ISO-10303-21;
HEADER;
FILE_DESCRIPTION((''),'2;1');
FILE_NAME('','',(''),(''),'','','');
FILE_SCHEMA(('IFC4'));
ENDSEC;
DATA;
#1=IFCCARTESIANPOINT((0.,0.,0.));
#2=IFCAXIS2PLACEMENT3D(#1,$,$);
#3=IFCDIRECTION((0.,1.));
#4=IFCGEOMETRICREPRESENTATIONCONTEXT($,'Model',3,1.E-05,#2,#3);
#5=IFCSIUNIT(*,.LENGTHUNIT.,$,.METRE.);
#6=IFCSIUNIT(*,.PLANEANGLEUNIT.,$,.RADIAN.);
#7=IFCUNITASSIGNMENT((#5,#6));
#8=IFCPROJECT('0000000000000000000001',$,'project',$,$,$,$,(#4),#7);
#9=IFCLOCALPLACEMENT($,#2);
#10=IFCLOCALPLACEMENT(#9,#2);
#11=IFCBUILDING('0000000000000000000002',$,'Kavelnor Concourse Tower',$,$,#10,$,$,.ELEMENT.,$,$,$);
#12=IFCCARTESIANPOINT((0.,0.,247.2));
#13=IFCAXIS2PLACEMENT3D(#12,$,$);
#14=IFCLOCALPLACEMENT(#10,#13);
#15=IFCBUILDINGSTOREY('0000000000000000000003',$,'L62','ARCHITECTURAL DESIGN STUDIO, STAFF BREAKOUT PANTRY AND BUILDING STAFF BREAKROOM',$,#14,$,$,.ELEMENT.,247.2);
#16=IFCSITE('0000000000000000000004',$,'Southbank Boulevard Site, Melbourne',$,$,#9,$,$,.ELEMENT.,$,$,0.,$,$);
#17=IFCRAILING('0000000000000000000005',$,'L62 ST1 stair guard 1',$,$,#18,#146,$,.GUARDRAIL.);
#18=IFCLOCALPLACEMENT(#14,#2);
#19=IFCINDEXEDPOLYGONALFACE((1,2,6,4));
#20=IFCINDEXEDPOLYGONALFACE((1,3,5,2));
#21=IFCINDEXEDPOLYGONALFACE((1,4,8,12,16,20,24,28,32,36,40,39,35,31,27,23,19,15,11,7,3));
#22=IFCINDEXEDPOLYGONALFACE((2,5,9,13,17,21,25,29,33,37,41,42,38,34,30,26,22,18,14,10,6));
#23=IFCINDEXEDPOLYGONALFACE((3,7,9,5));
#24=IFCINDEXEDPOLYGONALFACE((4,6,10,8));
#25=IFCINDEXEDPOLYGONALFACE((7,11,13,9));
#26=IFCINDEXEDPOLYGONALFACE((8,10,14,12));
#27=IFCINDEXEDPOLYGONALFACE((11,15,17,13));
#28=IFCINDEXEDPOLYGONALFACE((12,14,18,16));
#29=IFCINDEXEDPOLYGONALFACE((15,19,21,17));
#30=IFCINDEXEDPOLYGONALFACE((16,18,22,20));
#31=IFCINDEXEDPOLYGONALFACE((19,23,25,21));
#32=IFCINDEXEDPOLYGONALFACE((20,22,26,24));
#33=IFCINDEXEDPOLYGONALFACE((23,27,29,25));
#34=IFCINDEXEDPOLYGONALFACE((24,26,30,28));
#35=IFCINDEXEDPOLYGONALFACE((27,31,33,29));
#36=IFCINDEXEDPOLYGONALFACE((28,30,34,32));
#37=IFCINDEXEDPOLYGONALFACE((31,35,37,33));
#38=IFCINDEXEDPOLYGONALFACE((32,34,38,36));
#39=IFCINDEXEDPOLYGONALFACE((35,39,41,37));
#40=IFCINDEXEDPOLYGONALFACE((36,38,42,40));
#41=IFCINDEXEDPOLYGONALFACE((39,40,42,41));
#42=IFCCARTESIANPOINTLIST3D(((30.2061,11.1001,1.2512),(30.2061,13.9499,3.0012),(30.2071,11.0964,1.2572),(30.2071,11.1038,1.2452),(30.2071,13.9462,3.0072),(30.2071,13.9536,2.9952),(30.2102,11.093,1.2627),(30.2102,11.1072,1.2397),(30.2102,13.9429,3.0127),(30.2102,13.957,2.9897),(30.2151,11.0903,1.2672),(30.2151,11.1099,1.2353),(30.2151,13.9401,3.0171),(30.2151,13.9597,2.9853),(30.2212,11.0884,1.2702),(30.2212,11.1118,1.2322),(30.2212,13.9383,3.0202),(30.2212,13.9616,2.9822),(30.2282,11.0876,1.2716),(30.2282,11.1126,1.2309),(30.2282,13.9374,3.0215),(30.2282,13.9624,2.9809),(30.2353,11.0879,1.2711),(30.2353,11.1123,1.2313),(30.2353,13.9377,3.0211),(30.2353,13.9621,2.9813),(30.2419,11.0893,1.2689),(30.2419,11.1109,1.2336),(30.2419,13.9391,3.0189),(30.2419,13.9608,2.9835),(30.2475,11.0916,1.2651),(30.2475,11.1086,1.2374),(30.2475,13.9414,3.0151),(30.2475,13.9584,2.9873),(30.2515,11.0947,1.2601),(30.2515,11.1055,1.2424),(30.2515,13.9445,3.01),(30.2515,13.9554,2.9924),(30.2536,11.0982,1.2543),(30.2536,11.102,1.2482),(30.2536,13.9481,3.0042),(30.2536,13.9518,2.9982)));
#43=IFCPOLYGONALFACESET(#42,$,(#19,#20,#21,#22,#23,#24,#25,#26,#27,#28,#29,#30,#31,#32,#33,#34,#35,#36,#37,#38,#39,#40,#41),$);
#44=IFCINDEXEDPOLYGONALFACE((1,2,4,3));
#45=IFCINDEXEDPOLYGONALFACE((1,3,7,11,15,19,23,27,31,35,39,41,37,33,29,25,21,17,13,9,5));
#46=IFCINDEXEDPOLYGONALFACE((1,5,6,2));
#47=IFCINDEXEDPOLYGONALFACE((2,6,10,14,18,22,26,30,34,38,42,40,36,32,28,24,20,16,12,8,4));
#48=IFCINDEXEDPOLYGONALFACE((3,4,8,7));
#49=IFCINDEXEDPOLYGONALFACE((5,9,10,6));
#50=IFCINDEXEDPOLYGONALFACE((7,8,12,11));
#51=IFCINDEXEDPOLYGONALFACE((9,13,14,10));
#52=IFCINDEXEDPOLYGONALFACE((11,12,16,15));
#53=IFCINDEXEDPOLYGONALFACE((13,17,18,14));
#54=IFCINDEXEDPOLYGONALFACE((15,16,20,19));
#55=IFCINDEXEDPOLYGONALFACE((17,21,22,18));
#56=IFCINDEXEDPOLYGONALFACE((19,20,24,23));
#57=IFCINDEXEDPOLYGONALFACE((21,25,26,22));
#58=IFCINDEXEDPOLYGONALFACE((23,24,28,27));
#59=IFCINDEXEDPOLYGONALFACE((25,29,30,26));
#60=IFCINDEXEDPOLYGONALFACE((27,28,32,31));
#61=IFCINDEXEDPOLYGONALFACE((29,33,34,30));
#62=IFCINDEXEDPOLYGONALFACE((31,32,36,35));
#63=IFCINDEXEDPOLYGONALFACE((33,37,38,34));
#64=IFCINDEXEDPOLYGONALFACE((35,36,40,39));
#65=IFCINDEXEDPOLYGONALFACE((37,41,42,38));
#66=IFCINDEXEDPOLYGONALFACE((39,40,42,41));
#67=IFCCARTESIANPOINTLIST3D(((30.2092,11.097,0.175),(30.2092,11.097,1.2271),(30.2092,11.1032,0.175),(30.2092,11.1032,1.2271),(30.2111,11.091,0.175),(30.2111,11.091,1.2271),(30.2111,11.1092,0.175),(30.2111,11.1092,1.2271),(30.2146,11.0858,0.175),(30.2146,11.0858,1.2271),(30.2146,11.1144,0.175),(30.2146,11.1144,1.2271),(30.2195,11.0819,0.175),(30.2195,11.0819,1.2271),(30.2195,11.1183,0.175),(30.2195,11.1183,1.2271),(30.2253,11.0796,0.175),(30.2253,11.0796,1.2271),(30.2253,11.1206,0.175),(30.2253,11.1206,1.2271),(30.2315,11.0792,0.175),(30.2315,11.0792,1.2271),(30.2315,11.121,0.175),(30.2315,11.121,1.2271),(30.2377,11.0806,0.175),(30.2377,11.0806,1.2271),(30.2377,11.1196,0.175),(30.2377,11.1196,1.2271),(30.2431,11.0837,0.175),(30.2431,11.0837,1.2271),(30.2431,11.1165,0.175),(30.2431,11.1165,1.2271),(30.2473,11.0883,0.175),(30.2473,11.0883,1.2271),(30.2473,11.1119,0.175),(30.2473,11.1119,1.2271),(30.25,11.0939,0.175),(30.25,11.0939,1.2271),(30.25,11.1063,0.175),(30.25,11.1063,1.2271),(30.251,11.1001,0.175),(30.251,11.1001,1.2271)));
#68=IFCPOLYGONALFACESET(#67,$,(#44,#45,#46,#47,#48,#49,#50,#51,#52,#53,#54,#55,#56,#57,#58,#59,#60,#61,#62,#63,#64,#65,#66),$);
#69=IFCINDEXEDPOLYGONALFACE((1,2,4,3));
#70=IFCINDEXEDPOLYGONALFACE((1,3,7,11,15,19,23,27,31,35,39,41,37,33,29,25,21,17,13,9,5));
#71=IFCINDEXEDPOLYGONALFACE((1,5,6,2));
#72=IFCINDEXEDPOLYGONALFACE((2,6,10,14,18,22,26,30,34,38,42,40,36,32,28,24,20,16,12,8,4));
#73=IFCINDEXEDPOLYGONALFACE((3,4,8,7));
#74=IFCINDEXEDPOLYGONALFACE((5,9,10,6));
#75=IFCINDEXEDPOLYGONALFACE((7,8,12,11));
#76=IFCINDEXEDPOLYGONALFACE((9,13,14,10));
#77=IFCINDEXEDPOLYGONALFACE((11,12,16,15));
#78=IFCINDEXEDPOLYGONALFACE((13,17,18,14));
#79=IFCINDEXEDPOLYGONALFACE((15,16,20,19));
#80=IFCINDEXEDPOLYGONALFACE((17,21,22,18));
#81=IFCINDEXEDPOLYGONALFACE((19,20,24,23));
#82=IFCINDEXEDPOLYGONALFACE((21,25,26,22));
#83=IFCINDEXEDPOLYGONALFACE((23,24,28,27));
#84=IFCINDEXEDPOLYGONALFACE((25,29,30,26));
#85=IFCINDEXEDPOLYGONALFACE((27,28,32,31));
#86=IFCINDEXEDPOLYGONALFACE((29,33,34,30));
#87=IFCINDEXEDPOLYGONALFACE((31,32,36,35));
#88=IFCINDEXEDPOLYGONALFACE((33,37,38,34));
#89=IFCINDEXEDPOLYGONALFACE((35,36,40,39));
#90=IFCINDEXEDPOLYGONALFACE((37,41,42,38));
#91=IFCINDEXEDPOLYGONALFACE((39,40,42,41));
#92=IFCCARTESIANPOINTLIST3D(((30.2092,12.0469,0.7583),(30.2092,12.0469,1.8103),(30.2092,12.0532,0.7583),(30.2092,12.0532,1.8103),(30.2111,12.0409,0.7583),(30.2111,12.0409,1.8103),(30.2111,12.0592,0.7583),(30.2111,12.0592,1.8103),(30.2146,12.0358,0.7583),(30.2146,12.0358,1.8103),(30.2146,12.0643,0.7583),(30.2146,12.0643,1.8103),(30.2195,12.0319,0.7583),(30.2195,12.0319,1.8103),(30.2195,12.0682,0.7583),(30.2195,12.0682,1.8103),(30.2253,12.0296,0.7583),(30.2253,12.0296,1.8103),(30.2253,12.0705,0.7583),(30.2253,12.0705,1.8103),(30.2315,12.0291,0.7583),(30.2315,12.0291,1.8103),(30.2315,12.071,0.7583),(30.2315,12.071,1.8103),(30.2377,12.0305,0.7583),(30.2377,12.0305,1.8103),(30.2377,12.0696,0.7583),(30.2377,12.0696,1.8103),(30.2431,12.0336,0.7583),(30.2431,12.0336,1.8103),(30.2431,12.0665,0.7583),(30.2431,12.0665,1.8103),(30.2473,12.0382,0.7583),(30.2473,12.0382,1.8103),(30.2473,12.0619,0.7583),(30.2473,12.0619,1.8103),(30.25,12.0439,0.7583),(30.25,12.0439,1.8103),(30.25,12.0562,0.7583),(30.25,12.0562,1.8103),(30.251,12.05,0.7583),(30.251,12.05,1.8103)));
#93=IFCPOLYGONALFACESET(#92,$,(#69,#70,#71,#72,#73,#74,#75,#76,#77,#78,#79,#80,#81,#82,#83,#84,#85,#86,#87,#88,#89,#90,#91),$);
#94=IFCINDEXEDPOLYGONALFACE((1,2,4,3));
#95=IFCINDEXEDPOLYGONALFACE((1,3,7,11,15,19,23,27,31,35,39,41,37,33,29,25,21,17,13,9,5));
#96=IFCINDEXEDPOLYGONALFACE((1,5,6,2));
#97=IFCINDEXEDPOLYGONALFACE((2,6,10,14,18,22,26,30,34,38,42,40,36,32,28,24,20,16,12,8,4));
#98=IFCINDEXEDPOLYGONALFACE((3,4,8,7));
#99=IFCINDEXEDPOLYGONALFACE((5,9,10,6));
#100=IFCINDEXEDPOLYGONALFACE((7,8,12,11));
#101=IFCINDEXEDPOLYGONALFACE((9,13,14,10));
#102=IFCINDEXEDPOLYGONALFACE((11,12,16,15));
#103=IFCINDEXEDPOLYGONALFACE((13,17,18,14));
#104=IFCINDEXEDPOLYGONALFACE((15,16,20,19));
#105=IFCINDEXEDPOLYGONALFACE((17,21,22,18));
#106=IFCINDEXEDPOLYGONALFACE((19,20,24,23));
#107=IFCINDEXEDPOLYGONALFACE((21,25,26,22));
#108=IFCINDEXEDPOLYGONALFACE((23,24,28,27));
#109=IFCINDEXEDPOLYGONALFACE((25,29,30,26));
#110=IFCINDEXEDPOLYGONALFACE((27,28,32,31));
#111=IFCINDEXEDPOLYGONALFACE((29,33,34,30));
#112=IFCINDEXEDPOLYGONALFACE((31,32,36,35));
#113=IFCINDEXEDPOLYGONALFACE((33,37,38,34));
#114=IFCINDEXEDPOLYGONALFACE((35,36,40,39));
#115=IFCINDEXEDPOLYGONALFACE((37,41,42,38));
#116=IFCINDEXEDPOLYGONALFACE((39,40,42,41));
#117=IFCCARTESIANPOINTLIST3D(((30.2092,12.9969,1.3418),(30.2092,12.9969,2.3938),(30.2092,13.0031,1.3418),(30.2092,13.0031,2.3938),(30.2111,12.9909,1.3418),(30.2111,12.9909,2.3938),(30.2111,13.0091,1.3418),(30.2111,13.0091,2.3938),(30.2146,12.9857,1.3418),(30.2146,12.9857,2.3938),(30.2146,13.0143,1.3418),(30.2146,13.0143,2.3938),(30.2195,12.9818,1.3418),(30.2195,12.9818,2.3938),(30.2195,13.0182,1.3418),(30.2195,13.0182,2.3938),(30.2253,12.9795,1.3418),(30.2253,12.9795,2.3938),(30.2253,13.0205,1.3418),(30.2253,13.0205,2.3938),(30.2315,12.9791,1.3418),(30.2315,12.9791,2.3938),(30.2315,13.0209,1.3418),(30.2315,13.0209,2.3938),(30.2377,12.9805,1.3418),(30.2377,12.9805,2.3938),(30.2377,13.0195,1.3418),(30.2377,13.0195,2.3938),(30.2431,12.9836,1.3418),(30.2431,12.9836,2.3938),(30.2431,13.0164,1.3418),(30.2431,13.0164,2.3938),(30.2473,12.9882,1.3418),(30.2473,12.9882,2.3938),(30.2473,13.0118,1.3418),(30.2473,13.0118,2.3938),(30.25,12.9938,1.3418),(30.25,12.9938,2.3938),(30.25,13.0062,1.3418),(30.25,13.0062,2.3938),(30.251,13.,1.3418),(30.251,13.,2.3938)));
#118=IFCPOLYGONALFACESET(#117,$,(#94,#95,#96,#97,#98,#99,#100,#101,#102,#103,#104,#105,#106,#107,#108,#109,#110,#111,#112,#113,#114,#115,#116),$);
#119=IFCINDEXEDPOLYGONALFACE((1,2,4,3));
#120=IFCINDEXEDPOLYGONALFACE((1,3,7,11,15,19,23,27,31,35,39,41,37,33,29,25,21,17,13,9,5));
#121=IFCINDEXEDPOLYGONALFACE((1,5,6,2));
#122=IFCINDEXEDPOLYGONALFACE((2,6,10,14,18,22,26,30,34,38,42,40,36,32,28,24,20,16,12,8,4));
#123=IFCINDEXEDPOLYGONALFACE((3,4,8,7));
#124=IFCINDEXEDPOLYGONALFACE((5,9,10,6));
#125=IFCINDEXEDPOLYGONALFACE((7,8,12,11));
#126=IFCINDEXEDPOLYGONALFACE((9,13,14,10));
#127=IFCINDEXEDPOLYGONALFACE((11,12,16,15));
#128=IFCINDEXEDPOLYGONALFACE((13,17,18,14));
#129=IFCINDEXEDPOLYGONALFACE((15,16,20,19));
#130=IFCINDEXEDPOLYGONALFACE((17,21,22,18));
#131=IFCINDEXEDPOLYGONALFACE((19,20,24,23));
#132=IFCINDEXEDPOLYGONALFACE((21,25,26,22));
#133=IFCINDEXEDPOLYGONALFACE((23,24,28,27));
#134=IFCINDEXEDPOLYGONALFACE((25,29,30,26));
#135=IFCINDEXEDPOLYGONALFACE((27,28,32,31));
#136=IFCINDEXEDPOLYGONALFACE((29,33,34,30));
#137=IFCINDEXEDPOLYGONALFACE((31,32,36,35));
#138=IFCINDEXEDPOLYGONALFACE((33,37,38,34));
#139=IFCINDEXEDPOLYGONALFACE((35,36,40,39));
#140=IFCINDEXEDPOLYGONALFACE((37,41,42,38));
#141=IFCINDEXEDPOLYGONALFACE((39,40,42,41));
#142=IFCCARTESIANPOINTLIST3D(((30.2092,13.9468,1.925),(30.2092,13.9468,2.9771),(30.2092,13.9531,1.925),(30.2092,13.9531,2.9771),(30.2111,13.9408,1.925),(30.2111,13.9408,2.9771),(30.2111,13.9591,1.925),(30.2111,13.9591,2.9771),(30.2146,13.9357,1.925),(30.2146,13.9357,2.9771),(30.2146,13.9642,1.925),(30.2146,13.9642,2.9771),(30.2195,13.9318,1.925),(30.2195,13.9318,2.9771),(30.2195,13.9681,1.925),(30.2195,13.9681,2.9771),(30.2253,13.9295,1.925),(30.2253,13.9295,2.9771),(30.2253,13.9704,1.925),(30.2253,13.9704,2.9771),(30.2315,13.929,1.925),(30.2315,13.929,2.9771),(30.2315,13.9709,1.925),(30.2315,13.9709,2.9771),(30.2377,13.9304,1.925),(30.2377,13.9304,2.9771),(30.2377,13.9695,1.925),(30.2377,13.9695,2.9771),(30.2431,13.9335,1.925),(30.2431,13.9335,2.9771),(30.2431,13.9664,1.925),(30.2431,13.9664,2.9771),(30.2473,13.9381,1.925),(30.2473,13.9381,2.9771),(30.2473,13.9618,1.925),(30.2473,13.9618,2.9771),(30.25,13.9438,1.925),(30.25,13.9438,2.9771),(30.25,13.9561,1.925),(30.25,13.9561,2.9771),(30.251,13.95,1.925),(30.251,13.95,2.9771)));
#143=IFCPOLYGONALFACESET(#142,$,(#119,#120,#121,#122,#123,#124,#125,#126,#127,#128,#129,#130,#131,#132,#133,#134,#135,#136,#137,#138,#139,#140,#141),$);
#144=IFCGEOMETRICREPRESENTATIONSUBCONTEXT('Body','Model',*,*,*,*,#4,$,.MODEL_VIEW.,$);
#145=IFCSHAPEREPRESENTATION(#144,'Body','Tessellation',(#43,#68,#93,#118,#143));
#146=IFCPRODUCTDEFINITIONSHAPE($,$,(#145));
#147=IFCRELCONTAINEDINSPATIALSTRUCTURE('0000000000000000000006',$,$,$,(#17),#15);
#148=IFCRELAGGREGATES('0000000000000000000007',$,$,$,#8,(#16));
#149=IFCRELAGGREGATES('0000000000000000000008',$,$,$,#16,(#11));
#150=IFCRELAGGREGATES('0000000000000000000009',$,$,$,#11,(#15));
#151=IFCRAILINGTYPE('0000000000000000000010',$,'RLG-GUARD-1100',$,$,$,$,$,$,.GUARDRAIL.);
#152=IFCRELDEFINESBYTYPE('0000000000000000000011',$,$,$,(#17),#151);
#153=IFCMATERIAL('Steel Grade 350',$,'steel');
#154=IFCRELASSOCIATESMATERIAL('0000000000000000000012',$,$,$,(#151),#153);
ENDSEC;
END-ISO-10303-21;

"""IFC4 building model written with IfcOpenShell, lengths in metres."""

from ifc_helpers import new_model, si_unit, direction, frame, origin, origin_2d, place, context, subcontext, project, spatial, circle, extrude, material, type_object, element, save


model = new_model("IFC4")

# Units and contexts
model_context = context("Model", 3, precision=1e-05, world=origin(), true_north=direction((0.0, 1.0)))
body_context = subcontext(model_context, "Body", "Model", "MODEL_VIEW")
ifc_project = project(units=[si_unit("LENGTHUNIT", "METRE"), si_unit("PLANEANGLEUNIT", "RADIAN")], contexts=[model_context])

# Site, building, storey
site_placement = place(None, origin())
site = spatial("IfcSite", under=ifc_project, at=site_placement, Name="Southbank Boulevard Site, Melbourne", CompositionType="ELEMENT", RefElevation=0.0)
building_placement = place(site_placement, origin())
building = spatial("IfcBuilding", under=site, at=building_placement, Name="Kavelnor Concourse Tower", CompositionType="ELEMENT")
storey_placement = place(building_placement, frame((0.0, 0.0, 247.2)))
storey = spatial("IfcBuildingStorey", under=building, at=storey_placement, Name="L62", Description="ARCHITECTURAL DESIGN STUDIO, STAFF BREAKOUT PANTRY AND BUILDING STAFF BREAKROOM", CompositionType="ELEMENT", Elevation=247.2)

# Shared definitions
ifc_material_1 = material(Name="Steel Grade 350", Category="steel")

# Railing
railing_type_1 = type_object("IfcRailingType", Name="RLG-GUARD-1100", PredefinedType="GUARDRAIL", material=ifc_material_1)
railing_1_placement = place(storey_placement, frame((30.23, 11.1001, 0.175)))
element("IfcRailing", 1, at=railing_1_placement, inside=storey, type_object=railing_type_1, Name="L62 ST1 stair guard 1", PredefinedType="GUARDRAIL", context=body_context, shape_type="SweptSolid", body=[
    extrude(circle(Radius=0.0239, at=origin_2d()), frame((0.0, 0.0, 1.0762), z_axis=(0.0, 0.852159, 0.523283), x_axis=(-1.0, 0.0, 0.0)), (0.0, 0.0, 1.0), 3.3442),
    extrude(circle(Radius=0.021, at=origin_2d()), origin(), (0.0, 0.0, 1.0), 1.052),
    extrude(circle(Radius=0.021, at=origin_2d()), frame((0.0, 0.95, 0.5833)), (0.0, 0.0, 1.0), 1.052),
    extrude(circle(Radius=0.021, at=origin_2d()), frame((0.0, 1.8999, 1.1667)), (0.0, 0.0, 1.0), 1.052),
    extrude(circle(Radius=0.021, at=origin_2d()), frame((0.0, 2.8499, 1.75)), (0.0, 0.0, 1.0), 1.052),
])

save(model, "model.ifc")
